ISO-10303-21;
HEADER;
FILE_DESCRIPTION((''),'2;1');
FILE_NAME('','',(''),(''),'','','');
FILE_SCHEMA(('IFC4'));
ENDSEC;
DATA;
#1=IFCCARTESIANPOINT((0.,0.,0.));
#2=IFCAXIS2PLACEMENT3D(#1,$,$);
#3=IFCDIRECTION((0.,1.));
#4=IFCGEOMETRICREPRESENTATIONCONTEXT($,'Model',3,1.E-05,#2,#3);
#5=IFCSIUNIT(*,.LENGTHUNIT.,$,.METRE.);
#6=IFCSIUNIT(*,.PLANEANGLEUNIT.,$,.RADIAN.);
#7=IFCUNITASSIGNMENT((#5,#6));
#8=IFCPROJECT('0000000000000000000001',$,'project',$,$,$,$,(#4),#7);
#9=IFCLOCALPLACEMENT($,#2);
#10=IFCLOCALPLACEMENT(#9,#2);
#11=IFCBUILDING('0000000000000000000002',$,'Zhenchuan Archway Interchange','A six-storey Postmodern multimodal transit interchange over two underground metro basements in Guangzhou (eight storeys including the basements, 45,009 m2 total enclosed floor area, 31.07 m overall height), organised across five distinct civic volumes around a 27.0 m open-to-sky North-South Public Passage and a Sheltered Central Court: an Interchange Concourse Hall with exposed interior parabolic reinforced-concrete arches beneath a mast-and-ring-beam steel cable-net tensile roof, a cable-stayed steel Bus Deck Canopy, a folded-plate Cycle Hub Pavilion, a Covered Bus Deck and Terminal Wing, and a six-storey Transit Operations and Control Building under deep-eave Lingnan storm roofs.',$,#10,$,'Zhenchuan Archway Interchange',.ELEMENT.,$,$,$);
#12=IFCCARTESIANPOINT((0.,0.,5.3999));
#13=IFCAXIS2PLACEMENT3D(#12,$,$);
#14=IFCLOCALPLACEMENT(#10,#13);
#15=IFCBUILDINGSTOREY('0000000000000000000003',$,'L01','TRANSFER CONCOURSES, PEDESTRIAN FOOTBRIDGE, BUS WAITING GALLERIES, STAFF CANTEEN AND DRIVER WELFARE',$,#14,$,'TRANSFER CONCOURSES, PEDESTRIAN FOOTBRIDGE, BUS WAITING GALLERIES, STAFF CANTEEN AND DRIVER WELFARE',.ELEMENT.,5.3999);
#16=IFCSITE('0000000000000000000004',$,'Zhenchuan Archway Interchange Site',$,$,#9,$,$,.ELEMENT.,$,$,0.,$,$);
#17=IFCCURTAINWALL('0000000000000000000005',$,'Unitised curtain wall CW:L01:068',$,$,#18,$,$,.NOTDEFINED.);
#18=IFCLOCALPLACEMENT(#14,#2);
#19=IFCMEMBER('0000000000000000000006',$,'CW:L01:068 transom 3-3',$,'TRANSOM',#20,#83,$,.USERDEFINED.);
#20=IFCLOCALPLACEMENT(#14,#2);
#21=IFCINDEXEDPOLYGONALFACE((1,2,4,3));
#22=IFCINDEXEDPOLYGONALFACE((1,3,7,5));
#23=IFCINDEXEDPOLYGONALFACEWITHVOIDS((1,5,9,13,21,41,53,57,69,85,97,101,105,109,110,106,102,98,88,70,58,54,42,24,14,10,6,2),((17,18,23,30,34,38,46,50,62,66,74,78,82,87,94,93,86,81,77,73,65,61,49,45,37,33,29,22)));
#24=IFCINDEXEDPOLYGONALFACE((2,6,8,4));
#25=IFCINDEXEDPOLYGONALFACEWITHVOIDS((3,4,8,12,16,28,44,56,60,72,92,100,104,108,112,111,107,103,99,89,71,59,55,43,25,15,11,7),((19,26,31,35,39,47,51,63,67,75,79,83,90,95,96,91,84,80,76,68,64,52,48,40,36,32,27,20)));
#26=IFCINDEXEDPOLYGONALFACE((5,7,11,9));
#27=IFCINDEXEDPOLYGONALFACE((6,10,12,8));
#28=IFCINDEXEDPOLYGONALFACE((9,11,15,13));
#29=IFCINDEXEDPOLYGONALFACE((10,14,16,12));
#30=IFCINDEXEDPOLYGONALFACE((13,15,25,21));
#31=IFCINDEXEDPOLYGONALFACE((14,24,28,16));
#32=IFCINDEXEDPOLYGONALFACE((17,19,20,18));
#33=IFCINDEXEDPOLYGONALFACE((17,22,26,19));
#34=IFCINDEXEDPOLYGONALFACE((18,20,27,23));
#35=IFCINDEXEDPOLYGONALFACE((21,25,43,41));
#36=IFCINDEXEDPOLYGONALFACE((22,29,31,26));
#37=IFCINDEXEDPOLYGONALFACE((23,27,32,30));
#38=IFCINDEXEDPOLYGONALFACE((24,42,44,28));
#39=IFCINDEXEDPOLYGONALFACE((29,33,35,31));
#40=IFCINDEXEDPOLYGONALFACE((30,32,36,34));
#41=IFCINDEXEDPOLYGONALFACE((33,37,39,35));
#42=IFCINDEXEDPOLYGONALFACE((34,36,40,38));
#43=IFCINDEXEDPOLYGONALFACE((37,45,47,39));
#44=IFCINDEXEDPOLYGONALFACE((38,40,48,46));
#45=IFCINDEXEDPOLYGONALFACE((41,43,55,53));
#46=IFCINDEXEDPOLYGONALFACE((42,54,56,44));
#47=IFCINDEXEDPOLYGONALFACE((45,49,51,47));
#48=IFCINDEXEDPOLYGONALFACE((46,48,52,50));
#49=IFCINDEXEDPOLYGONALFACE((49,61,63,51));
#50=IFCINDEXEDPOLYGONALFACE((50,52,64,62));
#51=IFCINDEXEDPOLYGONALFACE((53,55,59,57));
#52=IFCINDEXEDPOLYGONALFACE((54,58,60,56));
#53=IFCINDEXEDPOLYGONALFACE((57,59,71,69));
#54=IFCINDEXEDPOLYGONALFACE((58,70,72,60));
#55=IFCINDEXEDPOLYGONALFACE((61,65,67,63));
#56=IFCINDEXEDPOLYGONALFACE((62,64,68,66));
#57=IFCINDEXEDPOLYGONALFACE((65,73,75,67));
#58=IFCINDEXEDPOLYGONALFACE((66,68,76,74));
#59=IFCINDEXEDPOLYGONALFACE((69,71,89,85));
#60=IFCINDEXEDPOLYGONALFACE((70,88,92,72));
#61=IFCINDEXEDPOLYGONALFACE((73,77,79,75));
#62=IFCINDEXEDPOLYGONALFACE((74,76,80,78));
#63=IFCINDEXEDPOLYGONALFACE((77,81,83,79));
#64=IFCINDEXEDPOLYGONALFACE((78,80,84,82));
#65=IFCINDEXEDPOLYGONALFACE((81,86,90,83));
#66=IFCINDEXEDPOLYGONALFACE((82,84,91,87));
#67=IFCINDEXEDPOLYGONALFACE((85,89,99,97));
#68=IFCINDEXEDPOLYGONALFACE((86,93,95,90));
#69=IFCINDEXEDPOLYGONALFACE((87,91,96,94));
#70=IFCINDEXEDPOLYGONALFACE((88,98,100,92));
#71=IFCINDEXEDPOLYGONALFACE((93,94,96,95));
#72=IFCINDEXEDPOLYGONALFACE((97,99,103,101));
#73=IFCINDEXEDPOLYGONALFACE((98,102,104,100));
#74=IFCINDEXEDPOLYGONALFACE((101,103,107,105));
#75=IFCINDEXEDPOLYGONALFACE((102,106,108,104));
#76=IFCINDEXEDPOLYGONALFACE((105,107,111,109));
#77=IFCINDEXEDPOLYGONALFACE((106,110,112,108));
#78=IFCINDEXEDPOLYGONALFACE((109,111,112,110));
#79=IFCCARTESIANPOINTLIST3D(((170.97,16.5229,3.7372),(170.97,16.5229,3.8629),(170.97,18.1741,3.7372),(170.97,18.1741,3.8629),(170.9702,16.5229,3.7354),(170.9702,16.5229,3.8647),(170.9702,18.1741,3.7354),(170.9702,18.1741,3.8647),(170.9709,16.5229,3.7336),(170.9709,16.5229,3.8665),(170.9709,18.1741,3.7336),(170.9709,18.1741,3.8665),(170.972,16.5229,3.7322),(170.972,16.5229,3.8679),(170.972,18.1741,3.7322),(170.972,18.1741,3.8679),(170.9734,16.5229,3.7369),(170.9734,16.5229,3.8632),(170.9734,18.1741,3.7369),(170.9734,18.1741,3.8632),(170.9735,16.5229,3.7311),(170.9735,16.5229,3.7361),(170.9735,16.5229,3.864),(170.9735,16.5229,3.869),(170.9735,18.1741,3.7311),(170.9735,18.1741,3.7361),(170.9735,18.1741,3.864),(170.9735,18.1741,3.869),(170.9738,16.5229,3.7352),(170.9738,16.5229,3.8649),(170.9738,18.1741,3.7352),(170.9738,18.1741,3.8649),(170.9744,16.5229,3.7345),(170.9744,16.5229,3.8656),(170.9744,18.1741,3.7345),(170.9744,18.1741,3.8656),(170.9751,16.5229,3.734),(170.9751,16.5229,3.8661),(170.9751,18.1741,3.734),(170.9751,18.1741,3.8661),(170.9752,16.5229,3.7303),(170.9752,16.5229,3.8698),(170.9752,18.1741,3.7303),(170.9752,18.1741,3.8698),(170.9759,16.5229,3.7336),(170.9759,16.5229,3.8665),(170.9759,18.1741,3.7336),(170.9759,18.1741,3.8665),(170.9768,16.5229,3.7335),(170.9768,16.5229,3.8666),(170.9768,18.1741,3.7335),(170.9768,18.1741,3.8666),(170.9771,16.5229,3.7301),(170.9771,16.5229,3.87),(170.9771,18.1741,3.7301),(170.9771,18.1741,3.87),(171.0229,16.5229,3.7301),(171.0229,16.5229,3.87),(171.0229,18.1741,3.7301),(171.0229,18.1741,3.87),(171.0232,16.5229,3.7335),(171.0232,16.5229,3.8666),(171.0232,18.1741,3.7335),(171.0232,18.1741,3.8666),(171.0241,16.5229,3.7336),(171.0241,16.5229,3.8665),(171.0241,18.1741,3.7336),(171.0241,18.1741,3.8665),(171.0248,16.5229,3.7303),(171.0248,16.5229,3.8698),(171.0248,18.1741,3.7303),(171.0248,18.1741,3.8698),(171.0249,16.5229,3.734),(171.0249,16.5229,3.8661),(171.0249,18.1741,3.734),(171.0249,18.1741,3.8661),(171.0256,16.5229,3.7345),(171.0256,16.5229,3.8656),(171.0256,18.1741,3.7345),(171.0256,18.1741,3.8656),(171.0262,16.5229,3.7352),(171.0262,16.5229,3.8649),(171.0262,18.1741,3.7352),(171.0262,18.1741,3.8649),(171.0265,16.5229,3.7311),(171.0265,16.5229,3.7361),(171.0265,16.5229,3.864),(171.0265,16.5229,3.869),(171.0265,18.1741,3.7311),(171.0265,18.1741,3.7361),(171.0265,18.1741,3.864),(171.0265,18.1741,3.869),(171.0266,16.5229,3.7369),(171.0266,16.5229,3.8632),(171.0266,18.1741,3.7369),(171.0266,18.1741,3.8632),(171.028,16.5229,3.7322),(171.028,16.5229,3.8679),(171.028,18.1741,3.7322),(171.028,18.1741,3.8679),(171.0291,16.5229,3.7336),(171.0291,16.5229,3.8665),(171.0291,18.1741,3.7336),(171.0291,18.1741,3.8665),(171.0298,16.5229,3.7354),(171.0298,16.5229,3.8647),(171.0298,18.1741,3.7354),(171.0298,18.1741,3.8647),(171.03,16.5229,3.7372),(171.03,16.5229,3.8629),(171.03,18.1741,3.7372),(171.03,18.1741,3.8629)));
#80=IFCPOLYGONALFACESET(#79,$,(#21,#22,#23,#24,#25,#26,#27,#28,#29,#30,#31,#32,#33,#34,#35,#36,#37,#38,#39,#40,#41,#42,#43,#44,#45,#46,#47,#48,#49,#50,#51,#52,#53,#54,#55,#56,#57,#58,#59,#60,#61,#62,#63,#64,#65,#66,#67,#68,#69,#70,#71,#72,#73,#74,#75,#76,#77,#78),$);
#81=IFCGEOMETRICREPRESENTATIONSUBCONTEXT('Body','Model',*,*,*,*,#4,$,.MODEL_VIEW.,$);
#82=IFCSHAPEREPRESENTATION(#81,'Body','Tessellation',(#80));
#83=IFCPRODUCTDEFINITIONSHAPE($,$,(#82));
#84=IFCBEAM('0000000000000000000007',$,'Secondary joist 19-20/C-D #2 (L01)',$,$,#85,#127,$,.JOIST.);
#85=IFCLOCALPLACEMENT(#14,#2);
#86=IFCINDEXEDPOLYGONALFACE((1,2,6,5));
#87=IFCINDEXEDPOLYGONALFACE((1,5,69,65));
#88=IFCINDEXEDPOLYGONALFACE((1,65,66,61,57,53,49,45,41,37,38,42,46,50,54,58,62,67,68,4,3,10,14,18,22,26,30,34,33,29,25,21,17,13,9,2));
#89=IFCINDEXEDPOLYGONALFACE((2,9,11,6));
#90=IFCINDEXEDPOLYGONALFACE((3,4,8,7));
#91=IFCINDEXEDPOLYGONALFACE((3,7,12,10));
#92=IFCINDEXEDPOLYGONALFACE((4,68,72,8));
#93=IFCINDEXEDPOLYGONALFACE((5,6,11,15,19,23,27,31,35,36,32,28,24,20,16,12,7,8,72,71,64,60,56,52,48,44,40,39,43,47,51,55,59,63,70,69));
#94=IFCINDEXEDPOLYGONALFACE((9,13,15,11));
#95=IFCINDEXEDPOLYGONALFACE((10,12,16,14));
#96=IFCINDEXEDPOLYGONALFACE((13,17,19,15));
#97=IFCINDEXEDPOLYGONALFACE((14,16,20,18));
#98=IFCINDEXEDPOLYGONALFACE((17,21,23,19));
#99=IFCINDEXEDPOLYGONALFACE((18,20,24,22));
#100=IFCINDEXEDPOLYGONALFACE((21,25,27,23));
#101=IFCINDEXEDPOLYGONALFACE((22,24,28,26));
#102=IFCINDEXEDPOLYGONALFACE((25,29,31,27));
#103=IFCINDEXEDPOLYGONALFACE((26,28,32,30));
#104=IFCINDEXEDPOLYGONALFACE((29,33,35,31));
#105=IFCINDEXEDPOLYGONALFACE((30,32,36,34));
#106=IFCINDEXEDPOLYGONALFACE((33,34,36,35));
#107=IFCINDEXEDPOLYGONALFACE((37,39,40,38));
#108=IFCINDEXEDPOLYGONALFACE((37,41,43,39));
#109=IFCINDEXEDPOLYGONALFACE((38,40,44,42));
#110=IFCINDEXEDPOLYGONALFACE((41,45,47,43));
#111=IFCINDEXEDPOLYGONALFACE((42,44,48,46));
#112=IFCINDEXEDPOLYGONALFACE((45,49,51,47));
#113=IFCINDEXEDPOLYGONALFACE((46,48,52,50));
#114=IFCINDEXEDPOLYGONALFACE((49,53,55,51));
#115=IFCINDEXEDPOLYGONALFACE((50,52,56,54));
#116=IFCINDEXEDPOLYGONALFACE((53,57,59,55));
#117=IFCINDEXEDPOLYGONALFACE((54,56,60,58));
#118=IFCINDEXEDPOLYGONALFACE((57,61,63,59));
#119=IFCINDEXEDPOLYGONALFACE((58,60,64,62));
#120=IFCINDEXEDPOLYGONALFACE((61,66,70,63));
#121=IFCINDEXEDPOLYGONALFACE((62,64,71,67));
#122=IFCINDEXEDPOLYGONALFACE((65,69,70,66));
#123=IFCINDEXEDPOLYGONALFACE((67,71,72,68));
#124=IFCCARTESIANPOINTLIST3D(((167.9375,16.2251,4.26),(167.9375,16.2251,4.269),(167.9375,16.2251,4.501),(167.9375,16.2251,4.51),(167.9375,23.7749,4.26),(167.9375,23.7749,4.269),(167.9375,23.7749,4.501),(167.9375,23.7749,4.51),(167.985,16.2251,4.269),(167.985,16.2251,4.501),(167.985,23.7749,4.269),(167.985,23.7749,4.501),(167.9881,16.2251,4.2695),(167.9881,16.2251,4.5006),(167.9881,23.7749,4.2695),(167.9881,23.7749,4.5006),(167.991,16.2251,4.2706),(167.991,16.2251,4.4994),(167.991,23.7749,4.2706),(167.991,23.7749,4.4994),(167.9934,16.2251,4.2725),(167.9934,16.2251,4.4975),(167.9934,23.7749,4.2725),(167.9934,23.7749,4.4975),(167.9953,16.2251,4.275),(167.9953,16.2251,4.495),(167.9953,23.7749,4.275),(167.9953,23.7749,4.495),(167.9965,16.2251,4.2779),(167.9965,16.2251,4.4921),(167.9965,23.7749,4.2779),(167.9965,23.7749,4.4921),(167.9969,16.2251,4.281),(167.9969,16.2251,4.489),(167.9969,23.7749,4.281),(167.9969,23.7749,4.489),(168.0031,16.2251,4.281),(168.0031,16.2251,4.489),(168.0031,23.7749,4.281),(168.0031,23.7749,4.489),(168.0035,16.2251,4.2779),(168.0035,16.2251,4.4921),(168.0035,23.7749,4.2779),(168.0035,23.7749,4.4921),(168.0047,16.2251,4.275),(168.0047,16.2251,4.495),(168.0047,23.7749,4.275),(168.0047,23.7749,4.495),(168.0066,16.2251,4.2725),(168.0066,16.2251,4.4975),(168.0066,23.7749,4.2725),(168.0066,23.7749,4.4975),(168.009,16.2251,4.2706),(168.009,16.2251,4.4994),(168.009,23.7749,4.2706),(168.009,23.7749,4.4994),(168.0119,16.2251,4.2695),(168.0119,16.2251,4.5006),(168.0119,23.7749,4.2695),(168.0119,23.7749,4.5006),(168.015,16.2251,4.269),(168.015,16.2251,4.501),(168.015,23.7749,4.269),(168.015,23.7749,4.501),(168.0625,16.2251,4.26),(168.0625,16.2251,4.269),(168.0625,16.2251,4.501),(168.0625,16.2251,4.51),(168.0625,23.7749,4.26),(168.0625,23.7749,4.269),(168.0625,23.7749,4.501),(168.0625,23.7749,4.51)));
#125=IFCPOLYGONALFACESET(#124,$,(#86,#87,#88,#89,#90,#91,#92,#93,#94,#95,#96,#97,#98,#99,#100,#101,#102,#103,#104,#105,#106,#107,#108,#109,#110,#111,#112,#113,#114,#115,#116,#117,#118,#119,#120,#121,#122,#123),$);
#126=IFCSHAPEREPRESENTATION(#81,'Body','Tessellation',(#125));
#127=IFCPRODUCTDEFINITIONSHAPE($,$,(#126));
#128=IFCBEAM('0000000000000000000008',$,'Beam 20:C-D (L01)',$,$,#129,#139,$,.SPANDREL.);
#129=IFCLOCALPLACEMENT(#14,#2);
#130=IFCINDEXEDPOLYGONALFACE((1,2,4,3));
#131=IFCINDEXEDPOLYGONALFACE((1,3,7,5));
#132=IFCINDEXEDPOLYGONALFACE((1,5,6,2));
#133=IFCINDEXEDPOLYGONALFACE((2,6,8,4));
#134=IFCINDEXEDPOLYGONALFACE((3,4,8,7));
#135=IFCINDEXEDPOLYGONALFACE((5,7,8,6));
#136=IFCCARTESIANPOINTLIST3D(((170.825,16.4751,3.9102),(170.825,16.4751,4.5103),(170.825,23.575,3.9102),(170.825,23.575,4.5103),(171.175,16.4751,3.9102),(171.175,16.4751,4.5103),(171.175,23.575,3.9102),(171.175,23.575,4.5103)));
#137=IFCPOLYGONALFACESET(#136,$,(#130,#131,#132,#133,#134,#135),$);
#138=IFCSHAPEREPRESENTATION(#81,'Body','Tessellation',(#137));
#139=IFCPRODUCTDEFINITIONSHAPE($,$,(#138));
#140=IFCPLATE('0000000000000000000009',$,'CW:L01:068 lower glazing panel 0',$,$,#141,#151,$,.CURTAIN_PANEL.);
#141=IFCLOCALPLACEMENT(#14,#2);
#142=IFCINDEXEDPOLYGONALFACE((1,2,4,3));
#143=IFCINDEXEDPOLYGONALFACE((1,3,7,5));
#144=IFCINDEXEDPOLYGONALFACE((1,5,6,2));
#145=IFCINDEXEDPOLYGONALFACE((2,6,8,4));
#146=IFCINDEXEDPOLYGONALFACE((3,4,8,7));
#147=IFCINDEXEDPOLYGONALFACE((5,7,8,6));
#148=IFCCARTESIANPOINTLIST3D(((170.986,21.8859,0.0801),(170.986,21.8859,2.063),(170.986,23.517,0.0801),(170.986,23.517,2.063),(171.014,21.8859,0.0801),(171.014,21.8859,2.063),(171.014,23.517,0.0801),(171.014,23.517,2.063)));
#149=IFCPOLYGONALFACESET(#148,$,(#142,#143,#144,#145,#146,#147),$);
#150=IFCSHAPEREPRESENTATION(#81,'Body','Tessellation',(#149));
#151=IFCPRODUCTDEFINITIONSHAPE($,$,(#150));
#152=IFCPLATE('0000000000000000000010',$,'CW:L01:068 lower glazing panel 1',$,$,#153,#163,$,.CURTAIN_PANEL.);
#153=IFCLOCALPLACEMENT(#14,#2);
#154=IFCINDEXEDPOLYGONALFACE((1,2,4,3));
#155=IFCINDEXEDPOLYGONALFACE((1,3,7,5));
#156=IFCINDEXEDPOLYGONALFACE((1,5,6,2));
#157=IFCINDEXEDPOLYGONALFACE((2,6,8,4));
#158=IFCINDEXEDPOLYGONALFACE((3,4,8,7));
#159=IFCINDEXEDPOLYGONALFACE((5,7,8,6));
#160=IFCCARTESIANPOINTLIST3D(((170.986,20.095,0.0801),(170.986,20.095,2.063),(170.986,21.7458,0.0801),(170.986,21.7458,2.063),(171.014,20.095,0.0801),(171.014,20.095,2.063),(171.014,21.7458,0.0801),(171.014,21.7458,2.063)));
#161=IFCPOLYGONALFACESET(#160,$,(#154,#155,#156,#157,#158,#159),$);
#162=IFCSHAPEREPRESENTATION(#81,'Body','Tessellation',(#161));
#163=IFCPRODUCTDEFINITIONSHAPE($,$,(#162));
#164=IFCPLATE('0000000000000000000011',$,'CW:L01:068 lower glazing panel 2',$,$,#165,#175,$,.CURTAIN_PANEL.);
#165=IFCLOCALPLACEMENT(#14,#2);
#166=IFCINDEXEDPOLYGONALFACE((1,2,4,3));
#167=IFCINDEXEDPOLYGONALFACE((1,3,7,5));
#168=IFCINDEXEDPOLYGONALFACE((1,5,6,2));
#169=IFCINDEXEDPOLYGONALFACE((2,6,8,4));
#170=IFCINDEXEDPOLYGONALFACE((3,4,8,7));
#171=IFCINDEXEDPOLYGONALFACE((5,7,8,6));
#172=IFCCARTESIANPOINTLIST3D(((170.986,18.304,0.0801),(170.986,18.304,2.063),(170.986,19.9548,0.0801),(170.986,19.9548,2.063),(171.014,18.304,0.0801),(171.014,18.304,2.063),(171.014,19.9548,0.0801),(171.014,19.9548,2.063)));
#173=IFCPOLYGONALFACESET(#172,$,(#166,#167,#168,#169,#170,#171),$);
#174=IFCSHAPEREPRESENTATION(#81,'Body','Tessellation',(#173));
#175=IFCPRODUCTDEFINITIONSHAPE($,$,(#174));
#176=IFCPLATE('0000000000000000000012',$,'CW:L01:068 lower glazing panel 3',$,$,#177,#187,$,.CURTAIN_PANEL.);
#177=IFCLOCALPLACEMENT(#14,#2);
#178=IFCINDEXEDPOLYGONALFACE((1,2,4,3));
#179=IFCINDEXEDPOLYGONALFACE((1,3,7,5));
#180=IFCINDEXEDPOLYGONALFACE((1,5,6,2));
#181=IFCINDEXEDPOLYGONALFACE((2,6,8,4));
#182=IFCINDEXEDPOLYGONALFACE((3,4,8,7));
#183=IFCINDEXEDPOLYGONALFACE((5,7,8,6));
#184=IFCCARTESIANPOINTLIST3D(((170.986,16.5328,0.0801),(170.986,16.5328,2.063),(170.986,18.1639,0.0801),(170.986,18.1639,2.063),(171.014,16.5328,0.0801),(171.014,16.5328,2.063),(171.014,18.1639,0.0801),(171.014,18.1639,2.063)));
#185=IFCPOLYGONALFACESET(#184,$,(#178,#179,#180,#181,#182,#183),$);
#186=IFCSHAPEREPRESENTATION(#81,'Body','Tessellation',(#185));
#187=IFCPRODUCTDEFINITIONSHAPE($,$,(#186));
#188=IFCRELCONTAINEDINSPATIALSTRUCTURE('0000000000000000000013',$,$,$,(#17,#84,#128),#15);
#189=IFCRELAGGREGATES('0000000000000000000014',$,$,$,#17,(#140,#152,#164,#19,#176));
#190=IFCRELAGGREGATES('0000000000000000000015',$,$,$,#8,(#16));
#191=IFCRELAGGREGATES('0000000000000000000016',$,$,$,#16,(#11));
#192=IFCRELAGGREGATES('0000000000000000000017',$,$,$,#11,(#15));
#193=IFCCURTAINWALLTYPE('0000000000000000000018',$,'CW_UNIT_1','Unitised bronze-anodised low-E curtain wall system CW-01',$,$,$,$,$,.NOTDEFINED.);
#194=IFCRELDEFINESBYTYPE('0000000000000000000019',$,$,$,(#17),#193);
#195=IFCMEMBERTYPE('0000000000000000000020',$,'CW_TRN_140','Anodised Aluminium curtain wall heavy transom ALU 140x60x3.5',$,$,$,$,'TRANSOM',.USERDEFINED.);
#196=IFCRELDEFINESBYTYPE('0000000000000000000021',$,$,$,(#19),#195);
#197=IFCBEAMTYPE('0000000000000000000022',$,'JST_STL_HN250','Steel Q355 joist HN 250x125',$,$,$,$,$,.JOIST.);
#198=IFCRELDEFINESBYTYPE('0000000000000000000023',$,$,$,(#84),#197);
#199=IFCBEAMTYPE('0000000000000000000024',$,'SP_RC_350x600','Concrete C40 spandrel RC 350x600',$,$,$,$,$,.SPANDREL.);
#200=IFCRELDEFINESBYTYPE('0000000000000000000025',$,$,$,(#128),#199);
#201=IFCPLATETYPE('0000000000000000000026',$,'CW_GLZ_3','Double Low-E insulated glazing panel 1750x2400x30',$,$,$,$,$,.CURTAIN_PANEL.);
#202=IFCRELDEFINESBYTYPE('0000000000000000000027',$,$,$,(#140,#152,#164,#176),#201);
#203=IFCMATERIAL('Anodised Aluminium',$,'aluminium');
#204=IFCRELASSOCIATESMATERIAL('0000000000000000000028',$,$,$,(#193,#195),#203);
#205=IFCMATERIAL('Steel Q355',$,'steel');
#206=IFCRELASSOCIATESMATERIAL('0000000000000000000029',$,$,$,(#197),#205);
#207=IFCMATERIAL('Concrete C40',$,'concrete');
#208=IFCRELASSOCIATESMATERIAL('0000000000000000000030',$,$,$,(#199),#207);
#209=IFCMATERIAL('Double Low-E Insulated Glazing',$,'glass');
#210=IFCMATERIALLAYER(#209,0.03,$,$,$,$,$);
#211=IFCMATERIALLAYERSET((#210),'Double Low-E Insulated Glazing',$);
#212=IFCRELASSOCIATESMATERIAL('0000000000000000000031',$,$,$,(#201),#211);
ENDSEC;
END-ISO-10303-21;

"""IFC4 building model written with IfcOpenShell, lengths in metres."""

from ifc_helpers import new_model, si_unit, direction, frame, origin, origin_2d, place, context, subcontext, project, spatial, rectangle, hollow_rectangle, i_section, extrude, material, layer, layer_set, material_profile, profile_set, type_object, element, aggregate, save


model = new_model("IFC4")

# Units and contexts
model_context = context("Model", 3, precision=1e-05, world=origin(), true_north=direction((0.0, 1.0)))
body_context = subcontext(model_context, "Body", "Model", "MODEL_VIEW")
ifc_project = project(units=[si_unit("LENGTHUNIT", "METRE"), si_unit("PLANEANGLEUNIT", "RADIAN")], contexts=[model_context])

# Site, building, storey
site_placement = place(None, origin())
site = spatial("IfcSite", under=ifc_project, at=site_placement, Name="Zhenchuan Archway Interchange Site", CompositionType="ELEMENT", RefElevation=0.0)
building_placement = place(site_placement, origin())
building = spatial("IfcBuilding", under=site, at=building_placement, Name="Zhenchuan Archway Interchange", Description="A six-storey Postmodern multimodal transit interchange over two underground metro basements in Guangzhou (eight storeys including the basements, 45,009 m2 total enclosed floor area, 31.07 m overall height), organised across five distinct civic volumes around a 27.0 m open-to-sky North-South Public Passage and a Sheltered Central Court: an Interchange Concourse Hall with exposed interior parabolic reinforced-concrete arches beneath a mast-and-ring-beam steel cable-net tensile roof, a cable-stayed steel Bus Deck Canopy, a folded-plate Cycle Hub Pavilion, a Covered Bus Deck and Terminal Wing, and a six-storey Transit Operations and Control Building under deep-eave Lingnan storm roofs.", LongName="Zhenchuan Archway Interchange", CompositionType="ELEMENT")
storey_placement = place(building_placement, frame((0.0, 0.0, 5.3999)))
storey = spatial("IfcBuildingStorey", under=building, at=storey_placement, Name="L01", Description="TRANSFER CONCOURSES, PEDESTRIAN FOOTBRIDGE, BUS WAITING GALLERIES, STAFF CANTEEN AND DRIVER WELFARE", LongName="TRANSFER CONCOURSES, PEDESTRIAN FOOTBRIDGE, BUS WAITING GALLERIES, STAFF CANTEEN AND DRIVER WELFARE", CompositionType="ELEMENT", Elevation=5.3999)

# Curtain wall, member
ifc_material_1 = material(Name="Anodised Aluminium", Category="aluminium")
curtain_wall_type = type_object("IfcCurtainWallType", Name="CW_UNIT_1", Description="Unitised bronze-anodised low-E curtain wall system CW-01", PredefinedType="NOTDEFINED", material=ifc_material_1)
curtain_wall_placement = place(storey_placement, origin())
curtain_wall = element("IfcCurtainWall", 1, at=curtain_wall_placement, inside=storey, type_object=curtain_wall_type, Name="Unitised curtain wall CW:L01:068", PredefinedType="NOTDEFINED")
ifc_material_profile_1 = material_profile(ifc_material_1, hollow_rectangle(XDim=0.0601, YDim=0.1399, WallThickness=0.0034, InnerFilletRadius=0.0034, OuterFilletRadius=0.0071, at=origin_2d()), Name="ALU 140x60x3.5")
ifc_profile_set_1 = profile_set([ifc_material_profile_1], Name="Anodised Aluminium")
member_type_1 = type_object("IfcMemberType", Name="CW_TRN_140", Description="Anodised Aluminium curtain wall heavy transom ALU 140x60x3.5", ElementType="TRANSOM", PredefinedType="USERDEFINED", material=ifc_profile_set_1)
member_1_placement = place(storey_placement, frame((171.0, 18.1741, 3.8), z_axis=(0.0, -1.0, 0.0), x_axis=(1.0, 0.0, 0.0)))
member_1 = element("IfcMember", 2, at=member_1_placement, type_object=member_type_1, Name="CW:L01:068 transom 3-3", ObjectType="TRANSOM", PredefinedType="USERDEFINED", context=body_context, shape_type="SweptSolid", body=[
    extrude(hollow_rectangle(XDim=0.0601, YDim=0.1399, WallThickness=0.0034, InnerFilletRadius=0.0034, OuterFilletRadius=0.0071, at=origin_2d()), origin(), (0.0, 0.0, 1.0), 1.6511),
])

# Beams
ifc_material_2 = material(Name="Steel Q355", Category="steel")
ifc_material_profile_2 = material_profile(ifc_material_2, i_section(OverallWidth=0.125, OverallDepth=0.25, WebThickness=0.0061, FlangeThickness=0.009, FilletRadius=0.012, at=origin_2d()), Name="HN 250x125")
ifc_profile_set_2 = profile_set([ifc_material_profile_2], Name="Steel Q355")
beam_type_1 = type_object("IfcBeamType", Name="JST_STL_HN250", Description="Steel Q355 joist HN 250x125", PredefinedType="JOIST", material=ifc_profile_set_2)
beam_1_placement = place(storey_placement, frame((168.0, 16.2251, 4.385), z_axis=(0.0, 1.0, 0.0), x_axis=(-1.0, 0.0, 0.0)))
element("IfcBeam", 3, at=beam_1_placement, inside=storey, type_object=beam_type_1, Name="Secondary joist 19-20/C-D #2 (L01)", PredefinedType="JOIST", context=body_context, shape_type="SweptSolid", body=[
    extrude(i_section(OverallWidth=0.125, OverallDepth=0.25, WebThickness=0.0061, FlangeThickness=0.009, FilletRadius=0.012, at=origin_2d()), origin(), (0.0, 0.0, 1.0), 7.5498),
])
ifc_material_3 = material(Name="Concrete C40", Category="concrete")
ifc_material_profile_3 = material_profile(ifc_material_3, rectangle(XDim=0.3501, YDim=0.6001, at=origin_2d()), Name="RC 350x600")
ifc_profile_set_3 = profile_set([ifc_material_profile_3], Name="Concrete C40")
beam_type_2 = type_object("IfcBeamType", Name="SP_RC_350x600", Description="Concrete C40 spandrel RC 350x600", PredefinedType="SPANDREL", material=ifc_profile_set_3)
beam_2_placement = place(storey_placement, frame((171.0, 16.4751, 4.2102), z_axis=(0.0, 1.0, 0.0), x_axis=(-1.0, 0.0, 0.0)))
element("IfcBeam", 4, at=beam_2_placement, inside=storey, type_object=beam_type_2, Name="Beam 20:C-D (L01)", PredefinedType="SPANDREL", context=body_context, shape_type="SweptSolid", body=[
    extrude(rectangle(XDim=0.3501, YDim=0.6001, at=origin_2d()), origin(), (0.0, 0.0, 1.0), 7.0999),
])

# Plates
ifc_material_4 = material(Name="Double Low-E Insulated Glazing", Category="glass")
ifc_layer_1 = layer(ifc_material_4, 0.03)
ifc_layer_set_1 = layer_set([ifc_layer_1], Name="Double Low-E Insulated Glazing")
plate_type_1 = type_object("IfcPlateType", Name="CW_GLZ_3", Description="Double Low-E insulated glazing panel 1750x2400x30", PredefinedType="CURTAIN_PANEL", material=ifc_layer_set_1)
plate_1_placement = place(storey_placement, frame((171.0, 22.7014, 0.0801), z_axis=(0.0, 0.0, 1.0), x_axis=(0.0, -1.0, 0.0)))
plate_1 = element("IfcPlate", 5, at=plate_1_placement, type_object=plate_type_1, Name="CW:L01:068 lower glazing panel 0", PredefinedType="CURTAIN_PANEL", context=body_context, shape_type="SweptSolid", body=[
    extrude(rectangle(XDim=1.6311, YDim=0.0281, at=origin_2d()), origin(), (0.0, 0.0, 1.0), 1.9829),
])
plate_2_placement = place(storey_placement, frame((171.0, 20.9204, 0.0801), z_axis=(0.0, 0.0, 1.0), x_axis=(0.0, -1.0, 0.0)))
plate_2 = element("IfcPlate", 6, at=plate_2_placement, type_object=plate_type_1, Name="CW:L01:068 lower glazing panel 1", PredefinedType="CURTAIN_PANEL", context=body_context, shape_type="SweptSolid", body=[
    extrude(rectangle(XDim=1.6509, YDim=0.0281, at=origin_2d()), origin(), (0.0, 0.0, 1.0), 1.9829),
])
plate_3_placement = place(storey_placement, frame((171.0, 19.1294, 0.0801), z_axis=(0.0, 0.0, 1.0), x_axis=(0.0, -1.0, 0.0)))
plate_3 = element("IfcPlate", 7, at=plate_3_placement, type_object=plate_type_1, Name="CW:L01:068 lower glazing panel 2", PredefinedType="CURTAIN_PANEL", context=body_context, shape_type="SweptSolid", body=[
    extrude(rectangle(XDim=1.6509, YDim=0.0281, at=origin_2d()), origin(), (0.0, 0.0, 1.0), 1.9829),
])
plate_4_placement = place(storey_placement, frame((171.0, 17.3484, 0.0801), z_axis=(0.0, 0.0, 1.0), x_axis=(0.0, -1.0, 0.0)))
plate_4 = element("IfcPlate", 8, at=plate_4_placement, type_object=plate_type_1, Name="CW:L01:068 lower glazing panel 3", PredefinedType="CURTAIN_PANEL", context=body_context, shape_type="SweptSolid", body=[
    extrude(rectangle(XDim=1.6311, YDim=0.0281, at=origin_2d()), origin(), (0.0, 0.0, 1.0), 1.9829),
])
aggregate(curtain_wall, [plate_1, plate_2, plate_3, member_1, plate_4])

save(model, "model.ifc")
